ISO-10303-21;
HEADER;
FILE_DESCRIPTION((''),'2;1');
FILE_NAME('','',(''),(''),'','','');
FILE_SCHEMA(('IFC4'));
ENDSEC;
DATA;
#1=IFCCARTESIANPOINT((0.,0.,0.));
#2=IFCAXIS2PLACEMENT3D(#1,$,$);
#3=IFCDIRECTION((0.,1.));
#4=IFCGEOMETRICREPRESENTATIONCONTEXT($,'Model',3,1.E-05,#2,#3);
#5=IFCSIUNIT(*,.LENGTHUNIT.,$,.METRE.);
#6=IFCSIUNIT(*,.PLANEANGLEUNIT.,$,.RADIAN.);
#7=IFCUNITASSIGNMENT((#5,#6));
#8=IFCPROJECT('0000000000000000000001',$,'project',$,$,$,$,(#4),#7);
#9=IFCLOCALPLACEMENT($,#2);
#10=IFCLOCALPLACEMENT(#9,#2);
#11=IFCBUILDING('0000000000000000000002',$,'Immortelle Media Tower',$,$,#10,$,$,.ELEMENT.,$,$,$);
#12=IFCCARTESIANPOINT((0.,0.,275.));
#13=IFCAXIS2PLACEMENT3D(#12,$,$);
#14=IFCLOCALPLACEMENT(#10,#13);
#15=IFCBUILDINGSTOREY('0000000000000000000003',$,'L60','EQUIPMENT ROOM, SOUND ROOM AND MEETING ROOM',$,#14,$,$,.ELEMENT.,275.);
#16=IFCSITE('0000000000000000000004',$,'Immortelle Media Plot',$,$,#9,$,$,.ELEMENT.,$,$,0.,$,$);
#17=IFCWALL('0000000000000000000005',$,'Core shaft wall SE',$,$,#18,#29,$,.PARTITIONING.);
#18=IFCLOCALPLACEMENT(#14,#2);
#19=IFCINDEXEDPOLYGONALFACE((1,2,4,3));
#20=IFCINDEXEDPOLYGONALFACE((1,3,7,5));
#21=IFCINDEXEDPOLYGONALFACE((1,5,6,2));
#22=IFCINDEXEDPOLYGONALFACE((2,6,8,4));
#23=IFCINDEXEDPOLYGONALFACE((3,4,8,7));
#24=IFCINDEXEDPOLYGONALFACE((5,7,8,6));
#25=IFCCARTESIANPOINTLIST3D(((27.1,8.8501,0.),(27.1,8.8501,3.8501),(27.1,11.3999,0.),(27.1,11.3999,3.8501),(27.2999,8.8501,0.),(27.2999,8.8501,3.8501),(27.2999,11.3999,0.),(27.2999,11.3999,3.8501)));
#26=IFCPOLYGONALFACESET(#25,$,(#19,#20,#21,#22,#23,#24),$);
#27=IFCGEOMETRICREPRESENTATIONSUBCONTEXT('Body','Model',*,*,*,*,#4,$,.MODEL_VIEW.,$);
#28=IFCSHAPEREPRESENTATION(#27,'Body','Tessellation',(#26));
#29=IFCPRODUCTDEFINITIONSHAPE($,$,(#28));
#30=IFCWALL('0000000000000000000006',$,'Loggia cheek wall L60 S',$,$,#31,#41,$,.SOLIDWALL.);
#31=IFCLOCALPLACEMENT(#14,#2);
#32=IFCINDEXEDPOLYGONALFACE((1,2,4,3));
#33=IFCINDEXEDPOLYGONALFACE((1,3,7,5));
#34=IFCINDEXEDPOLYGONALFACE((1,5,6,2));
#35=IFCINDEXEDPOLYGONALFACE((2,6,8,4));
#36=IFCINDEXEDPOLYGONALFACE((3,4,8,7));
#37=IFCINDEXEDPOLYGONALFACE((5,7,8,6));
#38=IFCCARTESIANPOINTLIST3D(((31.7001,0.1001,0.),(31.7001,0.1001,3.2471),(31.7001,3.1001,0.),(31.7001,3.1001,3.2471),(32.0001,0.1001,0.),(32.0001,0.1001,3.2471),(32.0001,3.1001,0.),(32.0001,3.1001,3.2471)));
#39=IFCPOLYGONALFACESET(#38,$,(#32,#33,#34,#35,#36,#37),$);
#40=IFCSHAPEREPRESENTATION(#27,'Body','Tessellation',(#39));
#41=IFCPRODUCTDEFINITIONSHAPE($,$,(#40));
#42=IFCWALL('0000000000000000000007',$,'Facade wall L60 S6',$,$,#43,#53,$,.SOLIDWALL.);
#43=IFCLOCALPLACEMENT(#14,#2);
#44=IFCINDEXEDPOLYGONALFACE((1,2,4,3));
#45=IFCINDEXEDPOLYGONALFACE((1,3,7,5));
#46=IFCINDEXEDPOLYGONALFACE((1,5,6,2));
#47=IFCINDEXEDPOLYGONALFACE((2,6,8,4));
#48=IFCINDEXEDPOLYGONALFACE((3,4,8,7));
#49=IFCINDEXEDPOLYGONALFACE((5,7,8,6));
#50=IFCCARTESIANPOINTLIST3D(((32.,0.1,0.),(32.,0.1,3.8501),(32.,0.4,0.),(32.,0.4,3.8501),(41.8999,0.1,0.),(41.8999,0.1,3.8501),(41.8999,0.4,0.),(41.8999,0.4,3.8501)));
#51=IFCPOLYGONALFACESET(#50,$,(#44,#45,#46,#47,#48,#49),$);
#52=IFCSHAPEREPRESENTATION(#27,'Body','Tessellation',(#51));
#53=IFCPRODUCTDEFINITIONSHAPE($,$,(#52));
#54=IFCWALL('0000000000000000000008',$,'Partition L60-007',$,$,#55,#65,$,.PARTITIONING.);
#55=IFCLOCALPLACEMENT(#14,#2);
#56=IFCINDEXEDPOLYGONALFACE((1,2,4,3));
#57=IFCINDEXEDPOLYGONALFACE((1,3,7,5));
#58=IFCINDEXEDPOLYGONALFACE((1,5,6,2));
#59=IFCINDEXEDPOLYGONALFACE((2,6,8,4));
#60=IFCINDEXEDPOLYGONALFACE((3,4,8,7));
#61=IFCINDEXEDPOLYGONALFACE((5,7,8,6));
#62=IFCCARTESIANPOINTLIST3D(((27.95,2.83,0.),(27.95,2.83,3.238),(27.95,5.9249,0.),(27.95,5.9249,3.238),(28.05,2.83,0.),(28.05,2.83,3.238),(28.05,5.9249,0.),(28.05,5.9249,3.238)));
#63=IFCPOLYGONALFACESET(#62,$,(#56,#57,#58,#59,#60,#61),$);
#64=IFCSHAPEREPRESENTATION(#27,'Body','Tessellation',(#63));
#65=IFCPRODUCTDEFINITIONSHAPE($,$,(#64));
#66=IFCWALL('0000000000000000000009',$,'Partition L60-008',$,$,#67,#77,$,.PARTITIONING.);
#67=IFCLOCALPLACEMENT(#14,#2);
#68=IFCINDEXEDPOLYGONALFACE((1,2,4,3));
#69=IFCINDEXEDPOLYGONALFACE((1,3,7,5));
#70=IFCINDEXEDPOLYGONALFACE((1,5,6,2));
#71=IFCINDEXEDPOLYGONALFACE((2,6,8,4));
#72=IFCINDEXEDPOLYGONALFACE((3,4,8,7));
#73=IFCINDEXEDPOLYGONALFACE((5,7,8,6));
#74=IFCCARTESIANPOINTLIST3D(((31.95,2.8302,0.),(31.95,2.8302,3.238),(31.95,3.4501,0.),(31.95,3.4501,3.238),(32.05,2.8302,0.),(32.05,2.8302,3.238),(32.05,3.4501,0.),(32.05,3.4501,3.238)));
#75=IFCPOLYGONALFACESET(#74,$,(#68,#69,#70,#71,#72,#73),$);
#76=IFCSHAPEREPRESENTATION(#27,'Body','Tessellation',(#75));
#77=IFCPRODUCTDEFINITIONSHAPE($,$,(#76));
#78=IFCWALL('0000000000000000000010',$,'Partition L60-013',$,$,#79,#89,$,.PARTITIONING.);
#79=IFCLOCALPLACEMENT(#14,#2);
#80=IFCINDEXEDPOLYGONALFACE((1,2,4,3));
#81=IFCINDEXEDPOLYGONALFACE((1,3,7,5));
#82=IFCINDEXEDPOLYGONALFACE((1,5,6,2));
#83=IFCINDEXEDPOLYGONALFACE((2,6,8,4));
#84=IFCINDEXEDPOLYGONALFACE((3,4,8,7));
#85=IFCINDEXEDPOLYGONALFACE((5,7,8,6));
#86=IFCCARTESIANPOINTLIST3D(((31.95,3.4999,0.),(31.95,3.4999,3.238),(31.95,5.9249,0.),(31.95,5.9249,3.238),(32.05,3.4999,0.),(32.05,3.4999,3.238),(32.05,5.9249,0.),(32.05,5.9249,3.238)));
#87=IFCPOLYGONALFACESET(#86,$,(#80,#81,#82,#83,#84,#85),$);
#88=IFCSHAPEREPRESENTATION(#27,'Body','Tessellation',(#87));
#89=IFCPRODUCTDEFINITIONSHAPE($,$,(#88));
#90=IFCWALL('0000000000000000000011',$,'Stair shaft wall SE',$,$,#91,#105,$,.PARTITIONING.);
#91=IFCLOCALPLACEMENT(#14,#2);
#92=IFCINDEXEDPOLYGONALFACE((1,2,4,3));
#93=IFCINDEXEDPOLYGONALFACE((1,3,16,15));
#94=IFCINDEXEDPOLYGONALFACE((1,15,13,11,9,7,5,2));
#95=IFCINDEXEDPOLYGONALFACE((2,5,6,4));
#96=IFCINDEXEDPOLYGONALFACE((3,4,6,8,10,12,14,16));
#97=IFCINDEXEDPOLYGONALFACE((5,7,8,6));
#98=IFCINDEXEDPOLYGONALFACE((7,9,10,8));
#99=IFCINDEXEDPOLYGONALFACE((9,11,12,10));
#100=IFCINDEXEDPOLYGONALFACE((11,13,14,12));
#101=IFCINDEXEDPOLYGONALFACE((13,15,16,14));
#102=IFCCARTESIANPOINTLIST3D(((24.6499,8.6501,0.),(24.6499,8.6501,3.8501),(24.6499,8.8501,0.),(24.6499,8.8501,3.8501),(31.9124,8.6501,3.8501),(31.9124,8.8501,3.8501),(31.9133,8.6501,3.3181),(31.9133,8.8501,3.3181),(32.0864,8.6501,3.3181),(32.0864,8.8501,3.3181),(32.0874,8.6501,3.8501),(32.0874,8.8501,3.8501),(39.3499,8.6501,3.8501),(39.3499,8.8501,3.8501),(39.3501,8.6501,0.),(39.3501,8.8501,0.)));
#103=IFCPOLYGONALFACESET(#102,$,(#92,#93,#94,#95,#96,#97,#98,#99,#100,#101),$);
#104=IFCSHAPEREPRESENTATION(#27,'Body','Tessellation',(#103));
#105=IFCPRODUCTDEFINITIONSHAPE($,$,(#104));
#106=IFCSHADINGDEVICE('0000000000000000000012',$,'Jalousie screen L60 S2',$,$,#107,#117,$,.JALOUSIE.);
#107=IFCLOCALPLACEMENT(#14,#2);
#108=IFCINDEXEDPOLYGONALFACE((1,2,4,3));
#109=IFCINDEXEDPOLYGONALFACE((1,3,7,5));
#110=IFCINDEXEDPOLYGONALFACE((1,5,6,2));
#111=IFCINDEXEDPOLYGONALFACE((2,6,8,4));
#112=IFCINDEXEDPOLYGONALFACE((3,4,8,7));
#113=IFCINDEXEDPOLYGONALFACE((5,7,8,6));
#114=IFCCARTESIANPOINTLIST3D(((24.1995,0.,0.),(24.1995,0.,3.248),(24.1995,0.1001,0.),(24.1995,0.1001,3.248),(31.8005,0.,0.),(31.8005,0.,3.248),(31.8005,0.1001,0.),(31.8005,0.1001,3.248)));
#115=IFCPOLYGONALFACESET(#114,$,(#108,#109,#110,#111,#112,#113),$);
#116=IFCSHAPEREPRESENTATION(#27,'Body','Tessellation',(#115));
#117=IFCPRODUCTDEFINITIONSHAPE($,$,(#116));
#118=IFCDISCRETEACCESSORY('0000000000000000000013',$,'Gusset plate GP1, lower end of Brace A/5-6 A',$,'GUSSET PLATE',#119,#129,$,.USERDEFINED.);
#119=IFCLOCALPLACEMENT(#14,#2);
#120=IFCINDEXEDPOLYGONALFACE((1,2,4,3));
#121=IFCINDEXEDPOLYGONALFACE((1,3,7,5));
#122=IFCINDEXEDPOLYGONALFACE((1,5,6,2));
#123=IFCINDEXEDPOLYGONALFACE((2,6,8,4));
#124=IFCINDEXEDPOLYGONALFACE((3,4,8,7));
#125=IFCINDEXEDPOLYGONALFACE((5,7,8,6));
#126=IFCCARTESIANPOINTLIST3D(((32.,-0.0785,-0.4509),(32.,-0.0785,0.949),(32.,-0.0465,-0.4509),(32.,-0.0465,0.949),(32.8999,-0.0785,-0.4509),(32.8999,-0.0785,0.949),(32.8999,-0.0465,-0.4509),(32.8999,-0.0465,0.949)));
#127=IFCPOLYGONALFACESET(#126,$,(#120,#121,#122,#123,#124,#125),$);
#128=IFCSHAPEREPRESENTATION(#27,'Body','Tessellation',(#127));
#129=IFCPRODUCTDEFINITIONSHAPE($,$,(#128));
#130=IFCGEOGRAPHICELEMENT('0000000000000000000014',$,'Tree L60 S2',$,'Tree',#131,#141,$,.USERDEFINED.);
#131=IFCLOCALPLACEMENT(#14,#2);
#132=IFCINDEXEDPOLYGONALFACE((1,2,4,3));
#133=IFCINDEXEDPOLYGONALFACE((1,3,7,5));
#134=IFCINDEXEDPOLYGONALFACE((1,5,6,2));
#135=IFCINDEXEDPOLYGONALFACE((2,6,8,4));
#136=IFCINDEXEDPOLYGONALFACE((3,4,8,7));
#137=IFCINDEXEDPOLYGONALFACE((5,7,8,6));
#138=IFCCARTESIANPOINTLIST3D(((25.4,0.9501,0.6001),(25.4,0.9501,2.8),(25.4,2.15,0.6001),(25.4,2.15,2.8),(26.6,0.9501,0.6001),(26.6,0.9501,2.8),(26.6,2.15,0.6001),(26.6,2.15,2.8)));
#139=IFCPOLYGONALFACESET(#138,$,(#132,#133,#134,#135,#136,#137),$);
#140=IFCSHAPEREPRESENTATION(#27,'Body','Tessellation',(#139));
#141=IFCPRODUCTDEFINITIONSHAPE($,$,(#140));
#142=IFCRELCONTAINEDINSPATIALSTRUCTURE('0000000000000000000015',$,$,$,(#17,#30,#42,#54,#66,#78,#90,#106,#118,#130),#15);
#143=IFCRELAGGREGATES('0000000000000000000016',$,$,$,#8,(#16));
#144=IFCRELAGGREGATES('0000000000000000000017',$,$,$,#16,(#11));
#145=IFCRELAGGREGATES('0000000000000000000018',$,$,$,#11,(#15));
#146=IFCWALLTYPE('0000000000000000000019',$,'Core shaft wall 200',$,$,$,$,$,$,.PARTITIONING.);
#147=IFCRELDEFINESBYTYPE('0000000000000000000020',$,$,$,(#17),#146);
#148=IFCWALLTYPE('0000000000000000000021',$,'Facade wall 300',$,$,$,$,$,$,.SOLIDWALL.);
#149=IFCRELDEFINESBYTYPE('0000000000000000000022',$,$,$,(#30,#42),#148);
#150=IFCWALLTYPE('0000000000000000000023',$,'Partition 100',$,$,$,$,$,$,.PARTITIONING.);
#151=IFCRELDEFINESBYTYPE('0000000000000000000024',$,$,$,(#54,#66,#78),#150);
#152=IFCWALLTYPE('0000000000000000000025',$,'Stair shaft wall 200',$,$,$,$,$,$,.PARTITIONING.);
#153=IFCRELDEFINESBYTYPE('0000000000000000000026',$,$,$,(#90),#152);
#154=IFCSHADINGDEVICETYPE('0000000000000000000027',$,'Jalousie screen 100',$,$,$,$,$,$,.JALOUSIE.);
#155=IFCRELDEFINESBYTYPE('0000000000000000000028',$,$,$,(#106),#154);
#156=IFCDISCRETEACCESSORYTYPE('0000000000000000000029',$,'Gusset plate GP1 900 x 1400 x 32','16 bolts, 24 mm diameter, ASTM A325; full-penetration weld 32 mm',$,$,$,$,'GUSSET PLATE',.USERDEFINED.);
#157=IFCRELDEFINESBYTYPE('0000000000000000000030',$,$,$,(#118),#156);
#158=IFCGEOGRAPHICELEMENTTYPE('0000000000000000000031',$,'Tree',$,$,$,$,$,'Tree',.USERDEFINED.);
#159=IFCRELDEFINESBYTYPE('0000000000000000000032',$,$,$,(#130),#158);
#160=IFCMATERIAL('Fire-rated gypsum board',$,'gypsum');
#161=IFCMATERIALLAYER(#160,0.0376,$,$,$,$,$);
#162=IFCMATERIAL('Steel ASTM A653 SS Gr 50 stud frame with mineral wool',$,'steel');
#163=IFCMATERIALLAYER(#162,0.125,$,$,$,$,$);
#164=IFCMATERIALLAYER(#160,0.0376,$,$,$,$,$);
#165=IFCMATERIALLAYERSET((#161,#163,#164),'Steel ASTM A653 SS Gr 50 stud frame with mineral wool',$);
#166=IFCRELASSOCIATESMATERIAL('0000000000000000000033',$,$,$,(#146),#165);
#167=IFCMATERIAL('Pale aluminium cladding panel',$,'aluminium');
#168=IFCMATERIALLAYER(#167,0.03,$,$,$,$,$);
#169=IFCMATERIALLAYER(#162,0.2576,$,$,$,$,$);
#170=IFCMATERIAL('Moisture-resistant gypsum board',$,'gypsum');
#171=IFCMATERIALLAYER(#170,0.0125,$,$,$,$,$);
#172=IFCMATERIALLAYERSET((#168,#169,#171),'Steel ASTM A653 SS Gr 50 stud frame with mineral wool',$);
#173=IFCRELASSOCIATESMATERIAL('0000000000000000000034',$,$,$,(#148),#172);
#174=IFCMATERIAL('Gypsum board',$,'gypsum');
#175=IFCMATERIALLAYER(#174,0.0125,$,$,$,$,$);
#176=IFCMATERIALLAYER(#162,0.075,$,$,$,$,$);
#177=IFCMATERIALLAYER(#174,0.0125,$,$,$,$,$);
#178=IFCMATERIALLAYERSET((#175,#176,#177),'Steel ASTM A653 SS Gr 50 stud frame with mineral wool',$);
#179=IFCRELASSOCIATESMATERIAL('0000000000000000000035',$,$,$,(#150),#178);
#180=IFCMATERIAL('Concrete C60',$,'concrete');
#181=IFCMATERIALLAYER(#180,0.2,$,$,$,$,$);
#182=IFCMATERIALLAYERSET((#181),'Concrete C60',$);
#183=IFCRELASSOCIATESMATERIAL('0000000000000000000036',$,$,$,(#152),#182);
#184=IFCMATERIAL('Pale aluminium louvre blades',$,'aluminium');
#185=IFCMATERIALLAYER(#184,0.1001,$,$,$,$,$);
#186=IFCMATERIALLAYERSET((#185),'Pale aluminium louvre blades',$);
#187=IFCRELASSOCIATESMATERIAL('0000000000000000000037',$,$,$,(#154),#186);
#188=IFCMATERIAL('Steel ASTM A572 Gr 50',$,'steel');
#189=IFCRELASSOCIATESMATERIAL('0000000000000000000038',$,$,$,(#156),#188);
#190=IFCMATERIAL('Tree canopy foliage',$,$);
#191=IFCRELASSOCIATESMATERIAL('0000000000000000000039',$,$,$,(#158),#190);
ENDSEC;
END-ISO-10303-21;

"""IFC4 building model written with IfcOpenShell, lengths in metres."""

from ifc_helpers import new_model, si_unit, direction, frame, frame_2d, origin, origin_2d, place, context, subcontext, project, spatial, polyline, rectangle, outline, extrude, material, layer, layer_set, material_profile, profile_set, type_object, element, save


model = new_model("IFC4")

# Units and contexts
model_context = context("Model", 3, precision=1e-05, world=origin(), true_north=direction((0.0, 1.0)))
body_context = subcontext(model_context, "Body", "Model", "MODEL_VIEW")
ifc_project = project(units=[si_unit("LENGTHUNIT", "METRE"), si_unit("PLANEANGLEUNIT", "RADIAN")], contexts=[model_context])

# Site, building, storey
site_placement = place(None, origin())
site = spatial("IfcSite", under=ifc_project, at=site_placement, Name="Immortelle Media Plot", CompositionType="ELEMENT", RefElevation=0.0)
building_placement = place(site_placement, origin())
building = spatial("IfcBuilding", under=site, at=building_placement, Name="Immortelle Media Tower", CompositionType="ELEMENT")
storey_placement = place(building_placement, frame((0.0, 0.0, 275.0)))
storey = spatial("IfcBuildingStorey", under=building, at=storey_placement, Name="L60", Description="EQUIPMENT ROOM, SOUND ROOM AND MEETING ROOM", CompositionType="ELEMENT", Elevation=275.0)

# Walls
ifc_material_1 = material(Name="Fire-rated gypsum board", Category="gypsum")
ifc_layer_1 = layer(ifc_material_1, 0.0376)
ifc_material_2 = material(Name="Steel ASTM A653 SS Gr 50 stud frame with mineral wool", Category="steel")
ifc_layer_2 = layer(ifc_material_2, 0.125)
ifc_layer_3 = layer(ifc_material_1, 0.0376)
ifc_layer_set_1 = layer_set([ifc_layer_1, ifc_layer_2, ifc_layer_3], Name="Steel ASTM A653 SS Gr 50 stud frame with mineral wool")
wall_type_1 = type_object("IfcWallType", Name="Core shaft wall 200", PredefinedType="PARTITIONING", material=ifc_layer_set_1)
wall_1_placement = place(storey_placement, frame((27.2, 8.8501, 0.0), z_axis=(0.0, 0.0, 1.0), x_axis=(0.0, 1.0, 0.0)))
element("IfcWall", 1, at=wall_1_placement, inside=storey, type_object=wall_type_1, Name="Core shaft wall SE", PredefinedType="PARTITIONING", context=body_context, shape_type="SweptSolid", body=[
    extrude(rectangle(XDim=2.5498, YDim=0.2, at=frame_2d((1.2749, 0.0))), origin(), (0.0, 0.0, 1.0), 3.8501),
])
ifc_material_3 = material(Name="Pale aluminium cladding panel", Category="aluminium")
ifc_layer_4 = layer(ifc_material_3, 0.03)
ifc_layer_5 = layer(ifc_material_2, 0.2576)
ifc_material_4 = material(Name="Moisture-resistant gypsum board", Category="gypsum")
ifc_layer_6 = layer(ifc_material_4, 0.0125)
ifc_layer_set_2 = layer_set([ifc_layer_4, ifc_layer_5, ifc_layer_6], Name="Steel ASTM A653 SS Gr 50 stud frame with mineral wool")
wall_type_2 = type_object("IfcWallType", Name="Facade wall 300", PredefinedType="SOLIDWALL", material=ifc_layer_set_2)
wall_2_placement = place(storey_placement, frame((31.8501, 0.1001, 0.0), z_axis=(0.0, 0.0, 1.0), x_axis=(0.0, 1.0, 0.0)))
element("IfcWall", 2, at=wall_2_placement, inside=storey, type_object=wall_type_2, Name="Loggia cheek wall L60 S", PredefinedType="SOLIDWALL", context=body_context, shape_type="SweptSolid", body=[
    extrude(rectangle(XDim=3.0, YDim=0.3, at=frame_2d((1.5, 0.0))), origin(), (0.0, 0.0, 1.0), 3.2471),
])
wall_3_placement = place(storey_placement, frame((32.0, 0.25, 0.0), z_axis=(0.0, 0.0, 1.0), x_axis=(1.0, 0.0, 0.0)))
element("IfcWall", 3, at=wall_3_placement, inside=storey, type_object=wall_type_2, Name="Facade wall L60 S6", PredefinedType="SOLIDWALL", context=body_context, shape_type="SweptSolid", body=[
    extrude(rectangle(XDim=9.8999, YDim=0.3, at=frame_2d((4.95, 0.0))), origin(), (0.0, 0.0, 1.0), 3.8501),
])
ifc_material_5 = material(Name="Gypsum board", Category="gypsum")
ifc_layer_7 = layer(ifc_material_5, 0.0125)
ifc_layer_8 = layer(ifc_material_2, 0.075)
ifc_layer_9 = layer(ifc_material_5, 0.0125)
ifc_layer_set_3 = layer_set([ifc_layer_7, ifc_layer_8, ifc_layer_9], Name="Steel ASTM A653 SS Gr 50 stud frame with mineral wool")
wall_type_3 = type_object("IfcWallType", Name="Partition 100", PredefinedType="PARTITIONING", material=ifc_layer_set_3)
wall_4_placement = place(storey_placement, frame((28.0, 2.8301, 0.0), z_axis=(0.0, 0.0, 1.0), x_axis=(0.0, 1.0, 0.0)))
element("IfcWall", 4, at=wall_4_placement, inside=storey, type_object=wall_type_3, Name="Partition L60-007", PredefinedType="PARTITIONING", context=body_context, shape_type="SweptSolid", body=[
    extrude(rectangle(XDim=3.095, YDim=0.1001, at=frame_2d((1.5474, 0.0))), origin(), (0.0, 0.0, 1.0), 3.238),
])
wall_5_placement = place(storey_placement, frame((32.0, 2.8301, 0.0), z_axis=(0.0, 0.0, 1.0), x_axis=(0.0, 1.0, 0.0)))
element("IfcWall", 5, at=wall_5_placement, inside=storey, type_object=wall_type_3, Name="Partition L60-008", PredefinedType="PARTITIONING", context=body_context, shape_type="SweptSolid", body=[
    extrude(rectangle(XDim=0.6199, YDim=0.1001, at=frame_2d((0.3101, 0.0))), origin(), (0.0, 0.0, 1.0), 3.238),
])
wall_6_placement = place(storey_placement, frame((32.0, 3.5, 0.0), z_axis=(0.0, 0.0, 1.0), x_axis=(0.0, 1.0, 0.0)))
element("IfcWall", 6, at=wall_6_placement, inside=storey, type_object=wall_type_3, Name="Partition L60-013", PredefinedType="PARTITIONING", context=body_context, shape_type="SweptSolid", body=[
    extrude(rectangle(XDim=2.425, YDim=0.1001, at=frame_2d((1.2124, 0.0))), origin(), (0.0, 0.0, 1.0), 3.238),
])
ifc_material_6 = material(Name="Concrete C60", Category="concrete")
ifc_layer_10 = layer(ifc_material_6, 0.2)
ifc_layer_set_4 = layer_set([ifc_layer_10], Name="Concrete C60")
wall_type_4 = type_object("IfcWallType", Name="Stair shaft wall 200", PredefinedType="PARTITIONING", material=ifc_layer_set_4)
wall_7_placement = place(storey_placement, frame((24.6499, 8.75, 0.0), z_axis=(0.0, 0.0, 1.0), x_axis=(1.0, 0.0, 0.0)))
element("IfcWall", 7, at=wall_7_placement, inside=storey, type_object=wall_type_4, Name="Stair shaft wall SE", PredefinedType="PARTITIONING", context=body_context, shape_type="SweptSolid", body=[
    extrude(outline(polyline([(0.0, 0.0), (14.7002, 0.0), (14.7, 3.8501), (7.4375, 3.8501), (7.4365, 3.3181), (7.2634, 3.3181), (7.2625, 3.8501), (0.0, 3.8501), (0.0, 0.0)])), frame((0.0, 0.1001, 0.0), z_axis=(0.0, -1.0, 0.0), x_axis=(1.0, 0.0, 0.0)), (0.0, 0.0, 1.0), 0.2),
])

# Shading device
ifc_material_7 = material(Name="Pale aluminium louvre blades", Category="aluminium")
ifc_layer_11 = layer(ifc_material_7, 0.1001)
ifc_layer_set_5 = layer_set([ifc_layer_11], Name="Pale aluminium louvre blades")
shading_device_type = type_object("IfcShadingDeviceType", Name="Jalousie screen 100", PredefinedType="JALOUSIE", material=ifc_layer_set_5)
shading_device_placement = place(storey_placement, frame((28.0, 0.05, 0.0), z_axis=(0.0, 0.0, 1.0), x_axis=(1.0, 0.0, 0.0)))
element("IfcShadingDevice", 8, at=shading_device_placement, inside=storey, type_object=shading_device_type, Name="Jalousie screen L60 S2", PredefinedType="JALOUSIE", context=body_context, shape_type="SweptSolid", body=[
    extrude(rectangle(XDim=7.6011, YDim=0.1001, at=origin_2d()), origin(), (0.0, 0.0, 1.0), 3.248),
])

# Discrete accessory
ifc_material_8 = material(Name="Steel ASTM A572 Gr 50", Category="steel")
ifc_material_profile_1 = material_profile(ifc_material_8, rectangle(XDim=0.032, YDim=1.3999, at=origin_2d()), Name="PL 32 x 1400")
ifc_profile_set_1 = profile_set([ifc_material_profile_1], Name="Steel ASTM A572 Gr 50")
discrete_accessory_type = type_object("IfcDiscreteAccessoryType", Name="Gusset plate GP1 900 x 1400 x 32", Description="16 bolts, 24 mm diameter, ASTM A325; full-penetration weld 32 mm", ElementType="GUSSET PLATE", PredefinedType="USERDEFINED", material=ifc_profile_set_1)
discrete_accessory_placement = place(storey_placement, frame((32.0, -0.0625, 0.249), z_axis=(1.0, 0.0, 0.0), x_axis=(0.0, 1.0, 0.0)))
element("IfcDiscreteAccessory", 9, at=discrete_accessory_placement, inside=storey, type_object=discrete_accessory_type, Name="Gusset plate GP1, lower end of Brace A/5-6 A", ObjectType="GUSSET PLATE", PredefinedType="USERDEFINED", context=body_context, shape_type="SweptSolid", body=[
    extrude(rectangle(XDim=0.032, YDim=1.3999, at=origin_2d()), origin(), (0.0, 0.0, 1.0), 0.8999),
])

# Geographic element
ifc_material_9 = material(Name="Tree canopy foliage")
geographic_element_type = type_object("IfcGeographicElementType", Name="Tree", ElementType="Tree", PredefinedType="USERDEFINED", material=ifc_material_9)
geographic_element_placement = place(storey_placement, frame((26.0, 1.55, 0.6001), z_axis=(0.0, 0.0, 1.0), x_axis=(1.0, 0.0, 0.0)))
element("IfcGeographicElement", 10, at=geographic_element_placement, inside=storey, type_object=geographic_element_type, Name="Tree L60 S2", ObjectType="Tree", PredefinedType="USERDEFINED", context=body_context, shape_type="SweptSolid", body=[
    extrude(rectangle(XDim=1.2, YDim=1.2, at=origin_2d()), origin(), (0.0, 0.0, 1.0), 2.2),
])

save(model, "model.ifc")
